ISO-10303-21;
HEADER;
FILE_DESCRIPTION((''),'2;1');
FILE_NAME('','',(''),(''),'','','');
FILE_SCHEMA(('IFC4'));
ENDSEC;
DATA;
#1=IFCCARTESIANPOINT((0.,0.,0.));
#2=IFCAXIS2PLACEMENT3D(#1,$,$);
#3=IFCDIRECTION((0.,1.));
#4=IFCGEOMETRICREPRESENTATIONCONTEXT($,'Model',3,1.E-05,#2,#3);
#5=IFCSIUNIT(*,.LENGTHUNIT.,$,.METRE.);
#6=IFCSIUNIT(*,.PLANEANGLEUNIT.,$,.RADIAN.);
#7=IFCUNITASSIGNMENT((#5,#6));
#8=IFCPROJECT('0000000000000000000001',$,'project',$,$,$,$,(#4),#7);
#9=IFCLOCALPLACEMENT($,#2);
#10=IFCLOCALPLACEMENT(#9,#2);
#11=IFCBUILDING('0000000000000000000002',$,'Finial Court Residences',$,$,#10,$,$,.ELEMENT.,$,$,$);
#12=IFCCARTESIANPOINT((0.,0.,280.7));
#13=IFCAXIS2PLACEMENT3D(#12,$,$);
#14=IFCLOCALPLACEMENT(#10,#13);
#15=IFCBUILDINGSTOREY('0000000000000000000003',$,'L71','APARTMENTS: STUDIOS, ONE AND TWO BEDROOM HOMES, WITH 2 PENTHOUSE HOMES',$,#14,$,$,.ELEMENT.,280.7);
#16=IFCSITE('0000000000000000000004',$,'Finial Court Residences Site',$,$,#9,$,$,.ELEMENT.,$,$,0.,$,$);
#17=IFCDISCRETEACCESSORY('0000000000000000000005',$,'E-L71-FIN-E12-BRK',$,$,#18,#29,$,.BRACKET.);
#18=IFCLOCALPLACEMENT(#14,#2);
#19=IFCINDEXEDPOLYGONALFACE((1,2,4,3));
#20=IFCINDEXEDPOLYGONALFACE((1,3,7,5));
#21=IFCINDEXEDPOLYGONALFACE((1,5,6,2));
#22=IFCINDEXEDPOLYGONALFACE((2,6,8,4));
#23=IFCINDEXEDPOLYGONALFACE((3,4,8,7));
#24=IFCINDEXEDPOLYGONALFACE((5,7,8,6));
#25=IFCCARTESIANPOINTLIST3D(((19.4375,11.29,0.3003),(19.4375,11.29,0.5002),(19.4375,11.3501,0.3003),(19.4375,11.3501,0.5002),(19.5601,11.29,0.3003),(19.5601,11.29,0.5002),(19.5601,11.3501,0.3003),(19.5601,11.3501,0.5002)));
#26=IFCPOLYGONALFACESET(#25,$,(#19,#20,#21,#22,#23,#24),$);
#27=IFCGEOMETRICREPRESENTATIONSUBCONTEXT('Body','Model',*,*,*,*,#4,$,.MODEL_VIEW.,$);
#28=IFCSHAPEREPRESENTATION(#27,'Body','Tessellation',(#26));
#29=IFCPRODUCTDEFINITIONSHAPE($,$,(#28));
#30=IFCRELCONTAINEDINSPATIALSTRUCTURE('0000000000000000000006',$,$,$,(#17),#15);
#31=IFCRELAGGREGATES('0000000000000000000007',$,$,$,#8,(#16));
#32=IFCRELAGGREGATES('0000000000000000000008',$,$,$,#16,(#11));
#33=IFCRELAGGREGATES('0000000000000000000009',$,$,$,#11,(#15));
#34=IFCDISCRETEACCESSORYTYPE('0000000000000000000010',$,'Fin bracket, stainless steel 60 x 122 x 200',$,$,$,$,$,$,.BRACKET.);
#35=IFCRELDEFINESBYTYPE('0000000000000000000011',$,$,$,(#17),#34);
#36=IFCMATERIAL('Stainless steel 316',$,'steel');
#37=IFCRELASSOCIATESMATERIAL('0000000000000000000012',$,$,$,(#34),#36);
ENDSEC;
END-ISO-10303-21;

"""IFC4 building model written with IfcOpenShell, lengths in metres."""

from ifc_helpers import new_model, si_unit, direction, frame, origin, origin_2d, place, context, subcontext, project, spatial, rectangle, extrude, material, type_object, element, save


model = new_model("IFC4")

# Units and contexts
model_context = context("Model", 3, precision=1e-05, world=origin(), true_north=direction((0.0, 1.0)))
body_context = subcontext(model_context, "Body", "Model", "MODEL_VIEW")
ifc_project = project(units=[si_unit("LENGTHUNIT", "METRE"), si_unit("PLANEANGLEUNIT", "RADIAN")], contexts=[model_context])

# Site, building, storey
site_placement = place(None, origin())
site = spatial("IfcSite", under=ifc_project, at=site_placement, Name="Finial Court Residences Site", CompositionType="ELEMENT", RefElevation=0.0)
building_placement = place(site_placement, origin())
building = spatial("IfcBuilding", under=site, at=building_placement, Name="Finial Court Residences", CompositionType="ELEMENT")
storey_placement = place(building_placement, frame((0.0, 0.0, 280.7)))
storey = spatial("IfcBuildingStorey", under=building, at=storey_placement, Name="L71", Description="APARTMENTS: STUDIOS, ONE AND TWO BEDROOM HOMES, WITH 2 PENTHOUSE HOMES", CompositionType="ELEMENT", Elevation=280.7)

# Discrete accessory
ifc_material_1 = material(Name="Stainless steel 316", Category="steel")
discrete_accessory_type = type_object("IfcDiscreteAccessoryType", Name="Fin bracket, stainless steel 60 x 122 x 200", PredefinedType="BRACKET", material=ifc_material_1)
for number, where, z_axis, x_axis, name in (
    (1, (19.4988, 11.3201, 0.3003), (0.0, 0.0, 1.0), (1.0, 0.0, 0.0), "E-L71-FIN-E12-BRK"),
):
    element("IfcDiscreteAccessory", number, at=place(storey_placement, frame(where, z_axis=z_axis, x_axis=x_axis)), inside=storey, type_object=discrete_accessory_type, Name=name, PredefinedType="BRACKET", context=body_context, shape_type="SweptSolid", body=[
        extrude(rectangle(XDim=0.1226, YDim=0.0601, at=origin_2d()), origin(), (0.0, 0.0, 1.0), 0.2),
    ])

save(model, "model.ifc")
